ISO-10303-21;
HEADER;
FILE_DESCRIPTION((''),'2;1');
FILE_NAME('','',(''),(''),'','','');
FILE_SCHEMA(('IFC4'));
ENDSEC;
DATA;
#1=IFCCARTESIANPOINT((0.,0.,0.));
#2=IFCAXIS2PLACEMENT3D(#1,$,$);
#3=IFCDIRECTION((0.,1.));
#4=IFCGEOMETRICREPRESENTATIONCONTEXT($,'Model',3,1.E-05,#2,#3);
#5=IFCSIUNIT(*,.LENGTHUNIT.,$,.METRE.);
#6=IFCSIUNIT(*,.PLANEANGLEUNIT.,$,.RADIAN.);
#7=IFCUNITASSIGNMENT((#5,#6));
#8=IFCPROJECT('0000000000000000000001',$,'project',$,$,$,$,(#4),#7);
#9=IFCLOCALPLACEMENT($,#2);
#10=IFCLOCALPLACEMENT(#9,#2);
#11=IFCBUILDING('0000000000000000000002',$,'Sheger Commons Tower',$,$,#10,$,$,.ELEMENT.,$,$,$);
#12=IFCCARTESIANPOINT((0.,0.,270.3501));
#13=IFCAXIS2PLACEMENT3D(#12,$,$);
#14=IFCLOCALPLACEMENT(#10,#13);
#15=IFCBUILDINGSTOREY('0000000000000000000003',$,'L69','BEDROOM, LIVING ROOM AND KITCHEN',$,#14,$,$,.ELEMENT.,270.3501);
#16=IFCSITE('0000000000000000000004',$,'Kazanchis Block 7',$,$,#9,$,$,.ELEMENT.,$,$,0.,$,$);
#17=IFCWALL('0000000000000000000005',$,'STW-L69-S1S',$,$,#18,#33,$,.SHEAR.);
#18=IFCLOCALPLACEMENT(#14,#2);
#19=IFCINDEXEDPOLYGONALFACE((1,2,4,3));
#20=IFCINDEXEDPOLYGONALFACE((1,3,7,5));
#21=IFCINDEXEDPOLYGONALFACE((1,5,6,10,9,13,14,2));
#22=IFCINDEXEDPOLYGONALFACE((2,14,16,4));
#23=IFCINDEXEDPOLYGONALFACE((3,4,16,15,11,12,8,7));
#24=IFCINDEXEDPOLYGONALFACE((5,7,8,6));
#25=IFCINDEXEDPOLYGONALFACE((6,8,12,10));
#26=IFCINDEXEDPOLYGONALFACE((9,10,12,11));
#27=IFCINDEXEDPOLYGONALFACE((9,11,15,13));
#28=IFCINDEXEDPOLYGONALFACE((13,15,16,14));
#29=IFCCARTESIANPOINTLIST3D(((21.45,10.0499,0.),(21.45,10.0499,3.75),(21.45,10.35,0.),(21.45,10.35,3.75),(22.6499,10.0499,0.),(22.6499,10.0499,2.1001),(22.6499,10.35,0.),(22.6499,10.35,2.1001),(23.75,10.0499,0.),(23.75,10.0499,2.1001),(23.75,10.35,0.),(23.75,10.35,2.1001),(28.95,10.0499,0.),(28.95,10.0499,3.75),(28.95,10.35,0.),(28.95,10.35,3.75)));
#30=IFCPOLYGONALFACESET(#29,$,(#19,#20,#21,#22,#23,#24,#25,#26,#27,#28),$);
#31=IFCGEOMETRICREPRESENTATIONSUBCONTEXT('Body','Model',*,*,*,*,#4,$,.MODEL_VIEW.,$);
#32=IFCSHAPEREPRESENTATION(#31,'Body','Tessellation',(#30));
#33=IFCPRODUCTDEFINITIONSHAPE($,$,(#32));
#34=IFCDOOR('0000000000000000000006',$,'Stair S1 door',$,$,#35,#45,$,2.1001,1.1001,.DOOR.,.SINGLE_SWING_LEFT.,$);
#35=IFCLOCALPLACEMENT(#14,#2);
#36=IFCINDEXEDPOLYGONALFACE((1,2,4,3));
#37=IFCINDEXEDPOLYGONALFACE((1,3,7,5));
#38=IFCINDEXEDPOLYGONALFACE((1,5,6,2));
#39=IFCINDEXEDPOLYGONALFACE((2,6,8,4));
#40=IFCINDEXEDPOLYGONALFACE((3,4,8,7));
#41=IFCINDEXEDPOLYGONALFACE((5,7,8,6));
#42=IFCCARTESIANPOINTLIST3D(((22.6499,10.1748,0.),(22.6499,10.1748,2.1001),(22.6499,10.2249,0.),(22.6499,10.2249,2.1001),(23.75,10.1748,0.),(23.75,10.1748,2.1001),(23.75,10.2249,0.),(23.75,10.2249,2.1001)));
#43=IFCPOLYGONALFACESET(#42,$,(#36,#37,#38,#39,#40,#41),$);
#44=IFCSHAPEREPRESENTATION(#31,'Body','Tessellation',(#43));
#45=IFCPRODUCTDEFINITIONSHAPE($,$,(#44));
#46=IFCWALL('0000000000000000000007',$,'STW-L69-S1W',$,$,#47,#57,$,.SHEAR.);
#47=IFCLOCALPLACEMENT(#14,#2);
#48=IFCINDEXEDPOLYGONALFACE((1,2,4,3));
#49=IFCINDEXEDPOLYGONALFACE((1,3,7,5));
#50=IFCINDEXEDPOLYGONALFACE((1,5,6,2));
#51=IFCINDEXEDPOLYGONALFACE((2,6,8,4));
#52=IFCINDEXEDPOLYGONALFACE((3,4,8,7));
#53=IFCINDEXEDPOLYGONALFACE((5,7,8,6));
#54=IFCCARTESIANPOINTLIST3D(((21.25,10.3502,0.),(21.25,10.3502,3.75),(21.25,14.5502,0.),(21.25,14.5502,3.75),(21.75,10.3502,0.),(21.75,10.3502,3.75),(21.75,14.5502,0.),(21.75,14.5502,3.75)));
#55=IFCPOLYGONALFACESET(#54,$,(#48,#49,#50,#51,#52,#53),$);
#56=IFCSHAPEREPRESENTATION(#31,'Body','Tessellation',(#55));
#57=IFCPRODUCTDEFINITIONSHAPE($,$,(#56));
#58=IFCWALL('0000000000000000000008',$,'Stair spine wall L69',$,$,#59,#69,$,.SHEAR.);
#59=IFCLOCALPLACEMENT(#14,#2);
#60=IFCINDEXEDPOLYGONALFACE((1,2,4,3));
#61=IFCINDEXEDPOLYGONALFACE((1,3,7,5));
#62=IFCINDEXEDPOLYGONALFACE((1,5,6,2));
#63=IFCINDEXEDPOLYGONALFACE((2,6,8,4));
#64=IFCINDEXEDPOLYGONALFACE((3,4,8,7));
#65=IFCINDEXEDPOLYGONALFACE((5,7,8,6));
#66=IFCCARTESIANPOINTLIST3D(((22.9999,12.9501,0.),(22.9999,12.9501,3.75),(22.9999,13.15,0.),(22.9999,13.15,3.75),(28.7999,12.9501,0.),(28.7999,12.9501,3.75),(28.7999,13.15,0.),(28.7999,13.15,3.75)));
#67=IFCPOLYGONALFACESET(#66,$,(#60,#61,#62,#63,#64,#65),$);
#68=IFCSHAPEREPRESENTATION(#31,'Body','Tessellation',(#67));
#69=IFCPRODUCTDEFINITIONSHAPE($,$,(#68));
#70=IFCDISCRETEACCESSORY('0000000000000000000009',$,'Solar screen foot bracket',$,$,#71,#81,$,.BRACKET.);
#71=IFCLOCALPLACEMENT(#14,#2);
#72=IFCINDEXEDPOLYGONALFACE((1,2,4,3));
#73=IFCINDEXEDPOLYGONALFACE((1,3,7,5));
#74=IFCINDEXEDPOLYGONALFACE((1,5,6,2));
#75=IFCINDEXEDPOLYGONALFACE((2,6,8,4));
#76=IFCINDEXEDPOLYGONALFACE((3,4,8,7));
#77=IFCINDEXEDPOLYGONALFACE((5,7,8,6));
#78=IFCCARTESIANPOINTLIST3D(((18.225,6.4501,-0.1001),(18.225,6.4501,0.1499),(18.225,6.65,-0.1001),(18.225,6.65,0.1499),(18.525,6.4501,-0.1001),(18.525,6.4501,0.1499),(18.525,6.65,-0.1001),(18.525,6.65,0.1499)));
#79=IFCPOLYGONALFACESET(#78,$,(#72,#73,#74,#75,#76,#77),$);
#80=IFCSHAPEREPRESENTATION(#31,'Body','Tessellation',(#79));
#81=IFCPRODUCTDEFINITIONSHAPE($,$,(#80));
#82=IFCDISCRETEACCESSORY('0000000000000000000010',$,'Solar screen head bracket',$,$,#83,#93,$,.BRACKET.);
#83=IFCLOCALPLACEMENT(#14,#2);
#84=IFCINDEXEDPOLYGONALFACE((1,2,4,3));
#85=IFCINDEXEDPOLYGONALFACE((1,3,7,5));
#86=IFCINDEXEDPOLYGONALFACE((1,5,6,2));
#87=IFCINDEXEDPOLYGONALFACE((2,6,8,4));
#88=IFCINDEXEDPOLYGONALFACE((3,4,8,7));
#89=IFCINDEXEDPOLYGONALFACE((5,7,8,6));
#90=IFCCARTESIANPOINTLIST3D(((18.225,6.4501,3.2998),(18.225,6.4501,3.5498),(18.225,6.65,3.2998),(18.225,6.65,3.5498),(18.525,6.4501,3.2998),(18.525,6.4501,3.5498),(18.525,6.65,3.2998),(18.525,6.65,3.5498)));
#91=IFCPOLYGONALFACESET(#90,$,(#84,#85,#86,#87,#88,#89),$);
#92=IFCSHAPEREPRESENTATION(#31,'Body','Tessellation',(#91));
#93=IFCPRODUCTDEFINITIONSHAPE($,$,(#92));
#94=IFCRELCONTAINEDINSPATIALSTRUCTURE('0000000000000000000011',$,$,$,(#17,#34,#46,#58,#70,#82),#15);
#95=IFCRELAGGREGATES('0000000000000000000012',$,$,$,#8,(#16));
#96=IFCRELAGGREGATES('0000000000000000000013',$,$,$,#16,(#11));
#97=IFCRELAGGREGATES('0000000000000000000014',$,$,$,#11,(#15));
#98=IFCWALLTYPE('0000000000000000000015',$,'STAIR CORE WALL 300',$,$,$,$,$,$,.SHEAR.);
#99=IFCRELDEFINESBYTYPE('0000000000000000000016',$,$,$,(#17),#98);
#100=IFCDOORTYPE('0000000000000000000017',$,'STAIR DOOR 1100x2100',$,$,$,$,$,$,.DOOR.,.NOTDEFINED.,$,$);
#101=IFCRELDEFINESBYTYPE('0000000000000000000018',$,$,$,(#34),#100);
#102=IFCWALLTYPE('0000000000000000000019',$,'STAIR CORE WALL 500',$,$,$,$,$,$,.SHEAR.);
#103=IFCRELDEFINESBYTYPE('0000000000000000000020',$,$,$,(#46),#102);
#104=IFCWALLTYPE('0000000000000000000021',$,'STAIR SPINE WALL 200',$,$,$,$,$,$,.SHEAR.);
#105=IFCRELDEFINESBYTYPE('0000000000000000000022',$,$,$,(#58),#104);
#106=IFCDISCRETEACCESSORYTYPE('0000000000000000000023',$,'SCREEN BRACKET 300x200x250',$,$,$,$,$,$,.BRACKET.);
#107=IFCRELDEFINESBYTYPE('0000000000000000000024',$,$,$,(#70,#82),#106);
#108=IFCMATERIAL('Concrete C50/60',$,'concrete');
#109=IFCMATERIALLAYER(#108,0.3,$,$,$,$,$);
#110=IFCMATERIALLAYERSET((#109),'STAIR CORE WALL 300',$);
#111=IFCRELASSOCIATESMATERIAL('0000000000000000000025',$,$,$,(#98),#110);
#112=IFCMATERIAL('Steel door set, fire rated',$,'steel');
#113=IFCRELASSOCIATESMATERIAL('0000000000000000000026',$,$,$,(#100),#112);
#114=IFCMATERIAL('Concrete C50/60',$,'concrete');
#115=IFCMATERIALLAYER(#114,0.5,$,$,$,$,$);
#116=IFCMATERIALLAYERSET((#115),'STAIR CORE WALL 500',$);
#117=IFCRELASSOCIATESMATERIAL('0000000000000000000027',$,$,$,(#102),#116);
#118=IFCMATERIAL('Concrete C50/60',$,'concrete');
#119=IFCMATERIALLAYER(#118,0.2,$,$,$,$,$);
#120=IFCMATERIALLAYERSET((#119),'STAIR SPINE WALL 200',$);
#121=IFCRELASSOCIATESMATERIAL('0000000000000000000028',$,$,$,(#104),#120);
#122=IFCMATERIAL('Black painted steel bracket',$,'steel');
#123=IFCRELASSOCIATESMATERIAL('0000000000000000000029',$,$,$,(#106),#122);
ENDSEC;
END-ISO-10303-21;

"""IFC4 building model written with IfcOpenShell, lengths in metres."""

from ifc_helpers import new_model, si_unit, direction, frame, frame_2d, origin, origin_2d, place, context, subcontext, project, spatial, rectangle, extrude, material, layer, layer_set, type_object, element, fill, save


model = new_model("IFC4")

# Units and contexts
model_context = context("Model", 3, precision=1e-05, world=origin(), true_north=direction((0.0, 1.0)))
body_context = subcontext(model_context, "Body", "Model", "MODEL_VIEW")
ifc_project = project(units=[si_unit("LENGTHUNIT", "METRE"), si_unit("PLANEANGLEUNIT", "RADIAN")], contexts=[model_context])

# Site, building, storey
site_placement = place(None, origin())
site = spatial("IfcSite", under=ifc_project, at=site_placement, Name="Kazanchis Block 7", CompositionType="ELEMENT", RefElevation=0.0)
building_placement = place(site_placement, origin())
building = spatial("IfcBuilding", under=site, at=building_placement, Name="Sheger Commons Tower", CompositionType="ELEMENT")
storey_placement = place(building_placement, frame((0.0, 0.0, 270.3501)))
storey = spatial("IfcBuildingStorey", under=building, at=storey_placement, Name="L69", Description="BEDROOM, LIVING ROOM AND KITCHEN", CompositionType="ELEMENT", Elevation=270.3501)

# Wall, opening, door
ifc_material_1 = material(Name="Concrete C50/60", Category="concrete")
ifc_layer_1 = layer(ifc_material_1, 0.3)
ifc_layer_set_1 = layer_set([ifc_layer_1], Name="STAIR CORE WALL 300")
wall_type_1 = type_object("IfcWallType", Name="STAIR CORE WALL 300", PredefinedType="SHEAR", material=ifc_layer_set_1)
wall_1_placement = place(storey_placement, frame((21.45, 10.2, 0.0), z_axis=(0.0, 0.0, 1.0), x_axis=(1.0, 0.0, 0.0)))
wall_1 = element("IfcWall", 1, at=wall_1_placement, inside=storey, type_object=wall_type_1, Name="STW-L69-S1S", PredefinedType="SHEAR", context=body_context, shape_type="SweptSolid", body=[
    extrude(rectangle(XDim=7.5, YDim=0.3, at=frame_2d((3.75, 0.0))), origin(), (0.0, 0.0, 1.0), 3.75),
])
opening_placement = place(wall_1_placement, frame((1.2, 0.0, 0.0)))
opening = element("IfcOpeningElement", 2, at=opening_placement, cuts=wall_1, PredefinedType="OPENING", context=body_context, shape_type="SweptSolid", body=[
    extrude(rectangle(XDim=1.1001, YDim=2.1001, at=frame_2d((0.55, 1.05))), frame((0.0, 0.1599, 0.0), z_axis=(0.0, -1.0, 0.0), x_axis=(1.0, 0.0, 0.0)), (0.0, 0.0, 1.0), 0.3201),
])
ifc_material_2 = material(Name="Steel door set, fire rated", Category="steel")
door_type = type_object("IfcDoorType", Name="STAIR DOOR 1100x2100", OperationType="NOTDEFINED", PredefinedType="DOOR", material=ifc_material_2)
door_placement = place(opening_placement, origin())
door = element("IfcDoor", 3, at=door_placement, inside=storey, type_object=door_type, Name="Stair S1 door", OperationType="SINGLE_SWING_LEFT", OverallHeight=2.1001, OverallWidth=1.1001, PredefinedType="DOOR", context=body_context, shape_type="SweptSolid", body=[
    extrude(rectangle(XDim=1.1001, YDim=2.1001, at=frame_2d((0.55, 1.05))), frame((0.0, 0.0249, 0.0), z_axis=(0.0, -1.0, 0.0), x_axis=(1.0, 0.0, 0.0)), (0.0, 0.0, 1.0), 0.05),
])
fill(opening, door)

# Walls
ifc_material_3 = material(Name="Concrete C50/60", Category="concrete")
ifc_layer_2 = layer(ifc_material_3, 0.5)
ifc_layer_set_2 = layer_set([ifc_layer_2], Name="STAIR CORE WALL 500")
wall_type_2 = type_object("IfcWallType", Name="STAIR CORE WALL 500", PredefinedType="SHEAR", material=ifc_layer_set_2)
wall_2_placement = place(storey_placement, frame((21.5, 10.3501, 0.0), z_axis=(0.0, 0.0, 1.0), x_axis=(0.0, 1.0, 0.0)))
element("IfcWall", 4, at=wall_2_placement, inside=storey, type_object=wall_type_2, Name="STW-L69-S1W", PredefinedType="SHEAR", context=body_context, shape_type="SweptSolid", body=[
    extrude(rectangle(XDim=4.2, YDim=0.5, at=frame_2d((2.1001, 0.0))), origin(), (0.0, 0.0, 1.0), 3.75),
])
ifc_material_4 = material(Name="Concrete C50/60", Category="concrete")
ifc_layer_3 = layer(ifc_material_4, 0.2)
ifc_layer_set_3 = layer_set([ifc_layer_3], Name="STAIR SPINE WALL 200")
wall_type_3 = type_object("IfcWallType", Name="STAIR SPINE WALL 200", PredefinedType="SHEAR", material=ifc_layer_set_3)
wall_3_placement = place(storey_placement, frame((23.0, 13.05, 0.0), z_axis=(0.0, 0.0, 1.0), x_axis=(1.0, 0.0, 0.0)))
element("IfcWall", 5, at=wall_3_placement, inside=storey, type_object=wall_type_3, Name="Stair spine wall L69", PredefinedType="SHEAR", context=body_context, shape_type="SweptSolid", body=[
    extrude(rectangle(XDim=5.8, YDim=0.2, at=frame_2d((2.8999, 0.0))), origin(), (0.0, 0.0, 1.0), 3.75),
])

# Discrete accessories
ifc_material_5 = material(Name="Black painted steel bracket", Category="steel")
discrete_accessory_type = type_object("IfcDiscreteAccessoryType", Name="SCREEN BRACKET 300x200x250", PredefinedType="BRACKET", material=ifc_material_5)
for number, where, z_axis, x_axis, name in (
    (6, (18.375, 6.55, -0.1001), (0.0, 0.0, 1.0), (1.0, 0.0, 0.0), "Solar screen foot bracket"),
    (7, (18.375, 6.55, 3.2998), (0.0, 0.0, 1.0), (1.0, 0.0, 0.0), "Solar screen head bracket"),
):
    element("IfcDiscreteAccessory", number, at=place(storey_placement, frame(where, z_axis=z_axis, x_axis=x_axis)), inside=storey, type_object=discrete_accessory_type, Name=name, PredefinedType="BRACKET", context=body_context, shape_type="SweptSolid", body=[
        extrude(rectangle(XDim=0.3, YDim=0.2, at=origin_2d()), origin(), (0.0, 0.0, 1.0), 0.25),
    ])

save(model, "model.ifc")
